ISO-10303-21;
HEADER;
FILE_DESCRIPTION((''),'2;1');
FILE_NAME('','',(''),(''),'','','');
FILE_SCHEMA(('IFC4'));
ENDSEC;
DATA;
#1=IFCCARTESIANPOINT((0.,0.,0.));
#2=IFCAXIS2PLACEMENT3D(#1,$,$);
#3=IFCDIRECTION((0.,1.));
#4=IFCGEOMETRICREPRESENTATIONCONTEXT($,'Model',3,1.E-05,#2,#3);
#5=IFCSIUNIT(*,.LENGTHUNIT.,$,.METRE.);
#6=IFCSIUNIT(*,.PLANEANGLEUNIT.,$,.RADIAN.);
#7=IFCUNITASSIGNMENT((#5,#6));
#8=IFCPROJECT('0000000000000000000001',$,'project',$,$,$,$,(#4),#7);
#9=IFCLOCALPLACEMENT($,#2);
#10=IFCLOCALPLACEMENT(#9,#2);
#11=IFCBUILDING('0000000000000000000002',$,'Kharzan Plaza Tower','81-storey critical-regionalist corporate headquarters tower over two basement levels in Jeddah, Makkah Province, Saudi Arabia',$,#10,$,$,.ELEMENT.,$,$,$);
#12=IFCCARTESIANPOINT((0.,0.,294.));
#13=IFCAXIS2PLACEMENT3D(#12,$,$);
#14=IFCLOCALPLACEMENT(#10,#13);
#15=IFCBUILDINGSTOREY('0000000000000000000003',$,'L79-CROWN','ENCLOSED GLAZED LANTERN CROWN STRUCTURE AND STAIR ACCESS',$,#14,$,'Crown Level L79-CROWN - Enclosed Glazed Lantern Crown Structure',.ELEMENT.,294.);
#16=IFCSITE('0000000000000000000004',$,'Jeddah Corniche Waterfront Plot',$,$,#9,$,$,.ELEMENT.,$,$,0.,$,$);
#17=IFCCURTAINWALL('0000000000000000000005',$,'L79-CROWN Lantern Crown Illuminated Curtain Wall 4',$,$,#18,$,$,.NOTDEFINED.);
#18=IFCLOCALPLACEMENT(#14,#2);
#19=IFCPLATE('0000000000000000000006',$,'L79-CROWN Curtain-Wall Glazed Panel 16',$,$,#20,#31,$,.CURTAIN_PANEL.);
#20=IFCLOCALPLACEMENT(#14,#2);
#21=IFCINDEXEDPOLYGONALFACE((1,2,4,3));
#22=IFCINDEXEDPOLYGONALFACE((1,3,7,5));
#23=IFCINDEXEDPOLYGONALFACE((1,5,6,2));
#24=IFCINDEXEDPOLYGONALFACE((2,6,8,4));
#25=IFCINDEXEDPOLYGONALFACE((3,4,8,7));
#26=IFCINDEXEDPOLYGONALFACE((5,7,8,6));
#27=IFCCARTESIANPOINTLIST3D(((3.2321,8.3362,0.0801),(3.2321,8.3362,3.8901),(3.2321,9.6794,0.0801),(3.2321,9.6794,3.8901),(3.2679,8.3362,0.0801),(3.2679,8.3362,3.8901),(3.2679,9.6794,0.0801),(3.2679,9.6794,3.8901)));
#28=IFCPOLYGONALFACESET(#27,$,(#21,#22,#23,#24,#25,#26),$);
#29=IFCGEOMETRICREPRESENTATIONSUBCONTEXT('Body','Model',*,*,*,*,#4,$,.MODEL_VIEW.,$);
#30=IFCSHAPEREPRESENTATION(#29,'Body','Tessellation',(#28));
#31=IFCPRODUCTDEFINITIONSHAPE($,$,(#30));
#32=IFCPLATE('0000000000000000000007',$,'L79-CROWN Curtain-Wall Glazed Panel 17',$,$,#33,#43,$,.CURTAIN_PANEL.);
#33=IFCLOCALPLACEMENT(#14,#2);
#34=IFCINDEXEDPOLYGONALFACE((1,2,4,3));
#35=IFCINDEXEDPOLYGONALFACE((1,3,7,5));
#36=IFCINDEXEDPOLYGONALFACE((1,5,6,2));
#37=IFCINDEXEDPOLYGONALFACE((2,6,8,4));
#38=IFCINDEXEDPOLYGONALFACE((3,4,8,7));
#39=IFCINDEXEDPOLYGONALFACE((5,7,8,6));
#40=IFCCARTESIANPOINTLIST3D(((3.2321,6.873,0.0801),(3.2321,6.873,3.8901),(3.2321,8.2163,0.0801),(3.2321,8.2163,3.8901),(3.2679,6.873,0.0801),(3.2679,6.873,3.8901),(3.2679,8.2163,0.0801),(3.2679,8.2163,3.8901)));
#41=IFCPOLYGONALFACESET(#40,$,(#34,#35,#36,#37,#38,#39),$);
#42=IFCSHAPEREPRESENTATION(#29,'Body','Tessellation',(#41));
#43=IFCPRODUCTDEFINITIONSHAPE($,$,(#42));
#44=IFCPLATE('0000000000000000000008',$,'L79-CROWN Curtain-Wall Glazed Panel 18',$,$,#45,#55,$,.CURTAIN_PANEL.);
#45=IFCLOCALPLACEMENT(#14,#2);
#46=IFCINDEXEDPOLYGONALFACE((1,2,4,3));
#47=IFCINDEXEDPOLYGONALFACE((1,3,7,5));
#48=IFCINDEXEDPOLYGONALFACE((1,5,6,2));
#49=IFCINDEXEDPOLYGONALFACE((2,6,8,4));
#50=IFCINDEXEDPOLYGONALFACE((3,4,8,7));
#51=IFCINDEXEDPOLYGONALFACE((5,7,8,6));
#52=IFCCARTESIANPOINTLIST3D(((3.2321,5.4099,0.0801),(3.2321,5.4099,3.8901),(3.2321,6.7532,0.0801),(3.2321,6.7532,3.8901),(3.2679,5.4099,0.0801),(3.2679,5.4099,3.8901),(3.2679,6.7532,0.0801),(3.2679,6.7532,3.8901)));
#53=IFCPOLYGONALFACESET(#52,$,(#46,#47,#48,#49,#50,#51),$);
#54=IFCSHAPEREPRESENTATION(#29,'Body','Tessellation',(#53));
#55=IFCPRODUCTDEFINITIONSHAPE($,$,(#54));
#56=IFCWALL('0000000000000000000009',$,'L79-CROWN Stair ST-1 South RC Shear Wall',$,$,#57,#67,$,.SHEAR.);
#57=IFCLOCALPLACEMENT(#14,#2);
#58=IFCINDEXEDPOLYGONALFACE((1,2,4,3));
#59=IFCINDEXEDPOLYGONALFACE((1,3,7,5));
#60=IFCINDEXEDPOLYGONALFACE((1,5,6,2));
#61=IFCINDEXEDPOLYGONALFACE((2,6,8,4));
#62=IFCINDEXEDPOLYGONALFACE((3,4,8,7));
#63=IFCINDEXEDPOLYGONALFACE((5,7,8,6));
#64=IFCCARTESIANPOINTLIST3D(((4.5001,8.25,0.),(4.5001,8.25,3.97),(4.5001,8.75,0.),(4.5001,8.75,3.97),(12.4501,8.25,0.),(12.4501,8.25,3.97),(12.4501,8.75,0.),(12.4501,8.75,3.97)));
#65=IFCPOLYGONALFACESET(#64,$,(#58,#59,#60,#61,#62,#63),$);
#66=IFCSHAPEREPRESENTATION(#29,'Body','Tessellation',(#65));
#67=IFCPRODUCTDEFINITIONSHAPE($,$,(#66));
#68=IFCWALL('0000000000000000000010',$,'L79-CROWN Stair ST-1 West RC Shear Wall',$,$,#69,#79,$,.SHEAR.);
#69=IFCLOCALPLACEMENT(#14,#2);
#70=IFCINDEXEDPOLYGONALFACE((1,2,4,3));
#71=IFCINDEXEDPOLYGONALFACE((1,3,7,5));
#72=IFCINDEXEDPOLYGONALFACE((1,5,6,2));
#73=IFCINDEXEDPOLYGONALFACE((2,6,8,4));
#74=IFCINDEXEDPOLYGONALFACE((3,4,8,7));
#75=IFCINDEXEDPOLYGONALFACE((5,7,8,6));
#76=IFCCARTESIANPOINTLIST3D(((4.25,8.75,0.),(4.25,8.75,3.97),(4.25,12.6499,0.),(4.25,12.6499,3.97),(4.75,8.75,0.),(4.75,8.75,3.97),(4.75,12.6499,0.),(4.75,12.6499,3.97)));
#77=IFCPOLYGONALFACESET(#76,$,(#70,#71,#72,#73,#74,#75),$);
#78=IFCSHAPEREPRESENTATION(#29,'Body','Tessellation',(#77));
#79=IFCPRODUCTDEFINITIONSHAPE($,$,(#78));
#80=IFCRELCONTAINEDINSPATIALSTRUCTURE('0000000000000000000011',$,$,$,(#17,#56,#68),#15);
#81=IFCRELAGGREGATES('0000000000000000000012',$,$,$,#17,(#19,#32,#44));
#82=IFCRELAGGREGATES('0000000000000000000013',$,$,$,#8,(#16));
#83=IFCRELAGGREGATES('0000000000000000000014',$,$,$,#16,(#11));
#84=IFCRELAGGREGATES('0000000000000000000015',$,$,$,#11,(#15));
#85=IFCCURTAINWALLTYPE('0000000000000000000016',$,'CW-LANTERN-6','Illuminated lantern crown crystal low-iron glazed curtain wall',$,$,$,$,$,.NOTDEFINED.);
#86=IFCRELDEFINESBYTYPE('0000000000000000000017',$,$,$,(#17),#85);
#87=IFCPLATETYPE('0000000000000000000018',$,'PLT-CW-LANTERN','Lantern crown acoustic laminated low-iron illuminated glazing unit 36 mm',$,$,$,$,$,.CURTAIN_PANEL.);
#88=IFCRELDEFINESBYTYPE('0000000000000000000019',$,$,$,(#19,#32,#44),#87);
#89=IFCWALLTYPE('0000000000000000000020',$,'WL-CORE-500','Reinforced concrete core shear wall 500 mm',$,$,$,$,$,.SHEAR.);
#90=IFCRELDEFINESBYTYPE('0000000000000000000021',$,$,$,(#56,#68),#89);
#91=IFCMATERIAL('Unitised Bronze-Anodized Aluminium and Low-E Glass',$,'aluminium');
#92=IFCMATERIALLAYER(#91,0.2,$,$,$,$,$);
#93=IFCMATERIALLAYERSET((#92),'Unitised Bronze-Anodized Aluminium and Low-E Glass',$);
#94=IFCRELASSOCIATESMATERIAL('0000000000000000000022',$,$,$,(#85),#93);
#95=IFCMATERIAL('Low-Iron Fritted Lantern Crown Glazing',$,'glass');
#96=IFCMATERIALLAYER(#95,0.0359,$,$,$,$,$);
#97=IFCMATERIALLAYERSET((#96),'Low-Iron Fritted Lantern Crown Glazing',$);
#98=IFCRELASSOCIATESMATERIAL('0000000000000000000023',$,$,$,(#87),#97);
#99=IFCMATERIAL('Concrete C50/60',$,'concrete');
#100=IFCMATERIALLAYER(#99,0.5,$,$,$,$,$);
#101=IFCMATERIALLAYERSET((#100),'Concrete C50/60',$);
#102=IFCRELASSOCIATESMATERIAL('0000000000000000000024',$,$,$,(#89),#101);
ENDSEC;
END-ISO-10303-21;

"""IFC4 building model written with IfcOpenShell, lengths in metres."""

from ifc_helpers import new_model, si_unit, direction, frame, frame_2d, origin, origin_2d, place, context, subcontext, project, spatial, rectangle, extrude, source, transform, mapped, material, layer, layer_set, type_object, element, aggregate, save


model = new_model("IFC4")

# Units and contexts
model_context = context("Model", 3, precision=1e-05, world=origin(), true_north=direction((0.0, 1.0)))
body_context = subcontext(model_context, "Body", "Model", "MODEL_VIEW")
ifc_project = project(units=[si_unit("LENGTHUNIT", "METRE"), si_unit("PLANEANGLEUNIT", "RADIAN")], contexts=[model_context])

# Site, building, storey
site_placement = place(None, origin())
site = spatial("IfcSite", under=ifc_project, at=site_placement, Name="Jeddah Corniche Waterfront Plot", CompositionType="ELEMENT", RefElevation=0.0)
building_placement = place(site_placement, origin())
building = spatial("IfcBuilding", under=site, at=building_placement, Name="Kharzan Plaza Tower", Description="81-storey critical-regionalist corporate headquarters tower over two basement levels in Jeddah, Makkah Province, Saudi Arabia", CompositionType="ELEMENT")
storey_placement = place(building_placement, frame((0.0, 0.0, 294.0)))
storey = spatial("IfcBuildingStorey", under=building, at=storey_placement, Name="L79-CROWN", Description="ENCLOSED GLAZED LANTERN CROWN STRUCTURE AND STAIR ACCESS", LongName="Crown Level L79-CROWN - Enclosed Glazed Lantern Crown Structure", CompositionType="ELEMENT", Elevation=294.0)

# Curtain wall
ifc_material_1 = material(Name="Unitised Bronze-Anodized Aluminium and Low-E Glass", Category="aluminium")
ifc_layer_1 = layer(ifc_material_1, 0.2)
ifc_layer_set_1 = layer_set([ifc_layer_1], Name="Unitised Bronze-Anodized Aluminium and Low-E Glass")
curtain_wall_type = type_object("IfcCurtainWallType", Name="CW-LANTERN-6", Description="Illuminated lantern crown crystal low-iron glazed curtain wall", PredefinedType="NOTDEFINED", material=ifc_layer_set_1)
curtain_wall_1_placement = place(storey_placement, origin())
curtain_wall_1 = element("IfcCurtainWall", 1, at=curtain_wall_1_placement, inside=storey, type_object=curtain_wall_type, Name="L79-CROWN Lantern Crown Illuminated Curtain Wall 4", PredefinedType="NOTDEFINED")

# Plates
ifc_material_2 = material(Name="Low-Iron Fritted Lantern Crown Glazing", Category="glass")
ifc_layer_2 = layer(ifc_material_2, 0.0359)
ifc_layer_set_2 = layer_set([ifc_layer_2], Name="Low-Iron Fritted Lantern Crown Glazing")
plate_type = type_object("IfcPlateType", Name="PLT-CW-LANTERN", Description="Lantern crown acoustic laminated low-iron illuminated glazing unit 36 mm", PredefinedType="CURTAIN_PANEL", material=ifc_layer_set_2)
shared_shape_1 = source(origin(), body_context, "Body", "SweptSolid", [
    extrude(rectangle(XDim=1.3433, YDim=0.0359, at=origin_2d()), origin(), (0.0, 0.0, 1.0), 3.8101),
])
plate_1_placement = place(storey_placement, frame((3.25, 9.0078, 0.0801), z_axis=(0.0, 0.0, 1.0), x_axis=(0.0, -1.0, 0.0)))
plate_1 = element("IfcPlate", 2, at=plate_1_placement, type_object=plate_type, Name="L79-CROWN Curtain-Wall Glazed Panel 16", PredefinedType="CURTAIN_PANEL", context=body_context, shape_type="MappedRepresentation", body=[
    mapped(shared_shape_1, transform((0.0, 0.0, 0.0), x_axis=(1.0, 0.0, 0.0), y_axis=(0.0, 1.0, 0.0), z_axis=(0.0, 0.0, 1.0))),
])
plate_2_placement = place(storey_placement, frame((3.25, 7.5447, 0.0801), z_axis=(0.0, 0.0, 1.0), x_axis=(0.0, -1.0, 0.0)))
plate_2 = element("IfcPlate", 3, at=plate_2_placement, type_object=plate_type, Name="L79-CROWN Curtain-Wall Glazed Panel 17", PredefinedType="CURTAIN_PANEL", context=body_context, shape_type="MappedRepresentation", body=[
    mapped(shared_shape_1, transform((0.0, 0.0, 0.0), x_axis=(1.0, 0.0, 0.0), y_axis=(0.0, 1.0, 0.0), z_axis=(0.0, 0.0, 1.0))),
])
plate_3_placement = place(storey_placement, frame((3.25, 6.0815, 0.0801), z_axis=(0.0, 0.0, 1.0), x_axis=(0.0, -1.0, 0.0)))
plate_3 = element("IfcPlate", 4, at=plate_3_placement, type_object=plate_type, Name="L79-CROWN Curtain-Wall Glazed Panel 18", PredefinedType="CURTAIN_PANEL", context=body_context, shape_type="MappedRepresentation", body=[
    mapped(shared_shape_1, transform((0.0, 0.0, 0.0), x_axis=(1.0, 0.0, 0.0), y_axis=(0.0, 1.0, 0.0), z_axis=(0.0, 0.0, 1.0))),
])
aggregate(curtain_wall_1, [plate_1, plate_2, plate_3])

# Walls
ifc_material_3 = material(Name="Concrete C50/60", Category="concrete")
ifc_layer_3 = layer(ifc_material_3, 0.5)
ifc_layer_set_3 = layer_set([ifc_layer_3], Name="Concrete C50/60")
wall_type = type_object("IfcWallType", Name="WL-CORE-500", Description="Reinforced concrete core shear wall 500 mm", PredefinedType="SHEAR", material=ifc_layer_set_3)
shared_shape_2 = source(origin(), body_context, "Body", "SweptSolid", [
    extrude(rectangle(XDim=7.95, YDim=0.5, at=frame_2d((3.9751, 0.0))), origin(), (0.0, 0.0, 1.0), 3.97),
])
wall_1_placement = place(storey_placement, frame((4.5, 8.5, 0.0), z_axis=(0.0, 0.0, 1.0), x_axis=(1.0, 0.0, 0.0)))
element("IfcWall", 5, at=wall_1_placement, inside=storey, type_object=wall_type, Name="L79-CROWN Stair ST-1 South RC Shear Wall", PredefinedType="SHEAR", context=body_context, shape_type="MappedRepresentation", body=[
    mapped(shared_shape_2, transform((0.0, 0.0, 0.0), x_axis=(1.0, 0.0, 0.0), y_axis=(0.0, 1.0, 0.0), z_axis=(0.0, 0.0, 1.0))),
])
shared_shape_3 = source(origin(), body_context, "Body", "SweptSolid", [
    extrude(rectangle(XDim=3.8999, YDim=0.5, at=frame_2d((1.95, 0.0))), origin(), (0.0, 0.0, 1.0), 3.97),
])
wall_2_placement = place(storey_placement, frame((4.5, 8.75, 0.0), z_axis=(0.0, 0.0, 1.0), x_axis=(0.0, 1.0, 0.0)))
element("IfcWall", 6, at=wall_2_placement, inside=storey, type_object=wall_type, Name="L79-CROWN Stair ST-1 West RC Shear Wall", PredefinedType="SHEAR", context=body_context, shape_type="MappedRepresentation", body=[
    mapped(shared_shape_3, transform((0.0, 0.0, 0.0), x_axis=(1.0, 0.0, 0.0), y_axis=(0.0, 1.0, 0.0), z_axis=(0.0, 0.0, 1.0))),
])

save(model, "model.ifc")
